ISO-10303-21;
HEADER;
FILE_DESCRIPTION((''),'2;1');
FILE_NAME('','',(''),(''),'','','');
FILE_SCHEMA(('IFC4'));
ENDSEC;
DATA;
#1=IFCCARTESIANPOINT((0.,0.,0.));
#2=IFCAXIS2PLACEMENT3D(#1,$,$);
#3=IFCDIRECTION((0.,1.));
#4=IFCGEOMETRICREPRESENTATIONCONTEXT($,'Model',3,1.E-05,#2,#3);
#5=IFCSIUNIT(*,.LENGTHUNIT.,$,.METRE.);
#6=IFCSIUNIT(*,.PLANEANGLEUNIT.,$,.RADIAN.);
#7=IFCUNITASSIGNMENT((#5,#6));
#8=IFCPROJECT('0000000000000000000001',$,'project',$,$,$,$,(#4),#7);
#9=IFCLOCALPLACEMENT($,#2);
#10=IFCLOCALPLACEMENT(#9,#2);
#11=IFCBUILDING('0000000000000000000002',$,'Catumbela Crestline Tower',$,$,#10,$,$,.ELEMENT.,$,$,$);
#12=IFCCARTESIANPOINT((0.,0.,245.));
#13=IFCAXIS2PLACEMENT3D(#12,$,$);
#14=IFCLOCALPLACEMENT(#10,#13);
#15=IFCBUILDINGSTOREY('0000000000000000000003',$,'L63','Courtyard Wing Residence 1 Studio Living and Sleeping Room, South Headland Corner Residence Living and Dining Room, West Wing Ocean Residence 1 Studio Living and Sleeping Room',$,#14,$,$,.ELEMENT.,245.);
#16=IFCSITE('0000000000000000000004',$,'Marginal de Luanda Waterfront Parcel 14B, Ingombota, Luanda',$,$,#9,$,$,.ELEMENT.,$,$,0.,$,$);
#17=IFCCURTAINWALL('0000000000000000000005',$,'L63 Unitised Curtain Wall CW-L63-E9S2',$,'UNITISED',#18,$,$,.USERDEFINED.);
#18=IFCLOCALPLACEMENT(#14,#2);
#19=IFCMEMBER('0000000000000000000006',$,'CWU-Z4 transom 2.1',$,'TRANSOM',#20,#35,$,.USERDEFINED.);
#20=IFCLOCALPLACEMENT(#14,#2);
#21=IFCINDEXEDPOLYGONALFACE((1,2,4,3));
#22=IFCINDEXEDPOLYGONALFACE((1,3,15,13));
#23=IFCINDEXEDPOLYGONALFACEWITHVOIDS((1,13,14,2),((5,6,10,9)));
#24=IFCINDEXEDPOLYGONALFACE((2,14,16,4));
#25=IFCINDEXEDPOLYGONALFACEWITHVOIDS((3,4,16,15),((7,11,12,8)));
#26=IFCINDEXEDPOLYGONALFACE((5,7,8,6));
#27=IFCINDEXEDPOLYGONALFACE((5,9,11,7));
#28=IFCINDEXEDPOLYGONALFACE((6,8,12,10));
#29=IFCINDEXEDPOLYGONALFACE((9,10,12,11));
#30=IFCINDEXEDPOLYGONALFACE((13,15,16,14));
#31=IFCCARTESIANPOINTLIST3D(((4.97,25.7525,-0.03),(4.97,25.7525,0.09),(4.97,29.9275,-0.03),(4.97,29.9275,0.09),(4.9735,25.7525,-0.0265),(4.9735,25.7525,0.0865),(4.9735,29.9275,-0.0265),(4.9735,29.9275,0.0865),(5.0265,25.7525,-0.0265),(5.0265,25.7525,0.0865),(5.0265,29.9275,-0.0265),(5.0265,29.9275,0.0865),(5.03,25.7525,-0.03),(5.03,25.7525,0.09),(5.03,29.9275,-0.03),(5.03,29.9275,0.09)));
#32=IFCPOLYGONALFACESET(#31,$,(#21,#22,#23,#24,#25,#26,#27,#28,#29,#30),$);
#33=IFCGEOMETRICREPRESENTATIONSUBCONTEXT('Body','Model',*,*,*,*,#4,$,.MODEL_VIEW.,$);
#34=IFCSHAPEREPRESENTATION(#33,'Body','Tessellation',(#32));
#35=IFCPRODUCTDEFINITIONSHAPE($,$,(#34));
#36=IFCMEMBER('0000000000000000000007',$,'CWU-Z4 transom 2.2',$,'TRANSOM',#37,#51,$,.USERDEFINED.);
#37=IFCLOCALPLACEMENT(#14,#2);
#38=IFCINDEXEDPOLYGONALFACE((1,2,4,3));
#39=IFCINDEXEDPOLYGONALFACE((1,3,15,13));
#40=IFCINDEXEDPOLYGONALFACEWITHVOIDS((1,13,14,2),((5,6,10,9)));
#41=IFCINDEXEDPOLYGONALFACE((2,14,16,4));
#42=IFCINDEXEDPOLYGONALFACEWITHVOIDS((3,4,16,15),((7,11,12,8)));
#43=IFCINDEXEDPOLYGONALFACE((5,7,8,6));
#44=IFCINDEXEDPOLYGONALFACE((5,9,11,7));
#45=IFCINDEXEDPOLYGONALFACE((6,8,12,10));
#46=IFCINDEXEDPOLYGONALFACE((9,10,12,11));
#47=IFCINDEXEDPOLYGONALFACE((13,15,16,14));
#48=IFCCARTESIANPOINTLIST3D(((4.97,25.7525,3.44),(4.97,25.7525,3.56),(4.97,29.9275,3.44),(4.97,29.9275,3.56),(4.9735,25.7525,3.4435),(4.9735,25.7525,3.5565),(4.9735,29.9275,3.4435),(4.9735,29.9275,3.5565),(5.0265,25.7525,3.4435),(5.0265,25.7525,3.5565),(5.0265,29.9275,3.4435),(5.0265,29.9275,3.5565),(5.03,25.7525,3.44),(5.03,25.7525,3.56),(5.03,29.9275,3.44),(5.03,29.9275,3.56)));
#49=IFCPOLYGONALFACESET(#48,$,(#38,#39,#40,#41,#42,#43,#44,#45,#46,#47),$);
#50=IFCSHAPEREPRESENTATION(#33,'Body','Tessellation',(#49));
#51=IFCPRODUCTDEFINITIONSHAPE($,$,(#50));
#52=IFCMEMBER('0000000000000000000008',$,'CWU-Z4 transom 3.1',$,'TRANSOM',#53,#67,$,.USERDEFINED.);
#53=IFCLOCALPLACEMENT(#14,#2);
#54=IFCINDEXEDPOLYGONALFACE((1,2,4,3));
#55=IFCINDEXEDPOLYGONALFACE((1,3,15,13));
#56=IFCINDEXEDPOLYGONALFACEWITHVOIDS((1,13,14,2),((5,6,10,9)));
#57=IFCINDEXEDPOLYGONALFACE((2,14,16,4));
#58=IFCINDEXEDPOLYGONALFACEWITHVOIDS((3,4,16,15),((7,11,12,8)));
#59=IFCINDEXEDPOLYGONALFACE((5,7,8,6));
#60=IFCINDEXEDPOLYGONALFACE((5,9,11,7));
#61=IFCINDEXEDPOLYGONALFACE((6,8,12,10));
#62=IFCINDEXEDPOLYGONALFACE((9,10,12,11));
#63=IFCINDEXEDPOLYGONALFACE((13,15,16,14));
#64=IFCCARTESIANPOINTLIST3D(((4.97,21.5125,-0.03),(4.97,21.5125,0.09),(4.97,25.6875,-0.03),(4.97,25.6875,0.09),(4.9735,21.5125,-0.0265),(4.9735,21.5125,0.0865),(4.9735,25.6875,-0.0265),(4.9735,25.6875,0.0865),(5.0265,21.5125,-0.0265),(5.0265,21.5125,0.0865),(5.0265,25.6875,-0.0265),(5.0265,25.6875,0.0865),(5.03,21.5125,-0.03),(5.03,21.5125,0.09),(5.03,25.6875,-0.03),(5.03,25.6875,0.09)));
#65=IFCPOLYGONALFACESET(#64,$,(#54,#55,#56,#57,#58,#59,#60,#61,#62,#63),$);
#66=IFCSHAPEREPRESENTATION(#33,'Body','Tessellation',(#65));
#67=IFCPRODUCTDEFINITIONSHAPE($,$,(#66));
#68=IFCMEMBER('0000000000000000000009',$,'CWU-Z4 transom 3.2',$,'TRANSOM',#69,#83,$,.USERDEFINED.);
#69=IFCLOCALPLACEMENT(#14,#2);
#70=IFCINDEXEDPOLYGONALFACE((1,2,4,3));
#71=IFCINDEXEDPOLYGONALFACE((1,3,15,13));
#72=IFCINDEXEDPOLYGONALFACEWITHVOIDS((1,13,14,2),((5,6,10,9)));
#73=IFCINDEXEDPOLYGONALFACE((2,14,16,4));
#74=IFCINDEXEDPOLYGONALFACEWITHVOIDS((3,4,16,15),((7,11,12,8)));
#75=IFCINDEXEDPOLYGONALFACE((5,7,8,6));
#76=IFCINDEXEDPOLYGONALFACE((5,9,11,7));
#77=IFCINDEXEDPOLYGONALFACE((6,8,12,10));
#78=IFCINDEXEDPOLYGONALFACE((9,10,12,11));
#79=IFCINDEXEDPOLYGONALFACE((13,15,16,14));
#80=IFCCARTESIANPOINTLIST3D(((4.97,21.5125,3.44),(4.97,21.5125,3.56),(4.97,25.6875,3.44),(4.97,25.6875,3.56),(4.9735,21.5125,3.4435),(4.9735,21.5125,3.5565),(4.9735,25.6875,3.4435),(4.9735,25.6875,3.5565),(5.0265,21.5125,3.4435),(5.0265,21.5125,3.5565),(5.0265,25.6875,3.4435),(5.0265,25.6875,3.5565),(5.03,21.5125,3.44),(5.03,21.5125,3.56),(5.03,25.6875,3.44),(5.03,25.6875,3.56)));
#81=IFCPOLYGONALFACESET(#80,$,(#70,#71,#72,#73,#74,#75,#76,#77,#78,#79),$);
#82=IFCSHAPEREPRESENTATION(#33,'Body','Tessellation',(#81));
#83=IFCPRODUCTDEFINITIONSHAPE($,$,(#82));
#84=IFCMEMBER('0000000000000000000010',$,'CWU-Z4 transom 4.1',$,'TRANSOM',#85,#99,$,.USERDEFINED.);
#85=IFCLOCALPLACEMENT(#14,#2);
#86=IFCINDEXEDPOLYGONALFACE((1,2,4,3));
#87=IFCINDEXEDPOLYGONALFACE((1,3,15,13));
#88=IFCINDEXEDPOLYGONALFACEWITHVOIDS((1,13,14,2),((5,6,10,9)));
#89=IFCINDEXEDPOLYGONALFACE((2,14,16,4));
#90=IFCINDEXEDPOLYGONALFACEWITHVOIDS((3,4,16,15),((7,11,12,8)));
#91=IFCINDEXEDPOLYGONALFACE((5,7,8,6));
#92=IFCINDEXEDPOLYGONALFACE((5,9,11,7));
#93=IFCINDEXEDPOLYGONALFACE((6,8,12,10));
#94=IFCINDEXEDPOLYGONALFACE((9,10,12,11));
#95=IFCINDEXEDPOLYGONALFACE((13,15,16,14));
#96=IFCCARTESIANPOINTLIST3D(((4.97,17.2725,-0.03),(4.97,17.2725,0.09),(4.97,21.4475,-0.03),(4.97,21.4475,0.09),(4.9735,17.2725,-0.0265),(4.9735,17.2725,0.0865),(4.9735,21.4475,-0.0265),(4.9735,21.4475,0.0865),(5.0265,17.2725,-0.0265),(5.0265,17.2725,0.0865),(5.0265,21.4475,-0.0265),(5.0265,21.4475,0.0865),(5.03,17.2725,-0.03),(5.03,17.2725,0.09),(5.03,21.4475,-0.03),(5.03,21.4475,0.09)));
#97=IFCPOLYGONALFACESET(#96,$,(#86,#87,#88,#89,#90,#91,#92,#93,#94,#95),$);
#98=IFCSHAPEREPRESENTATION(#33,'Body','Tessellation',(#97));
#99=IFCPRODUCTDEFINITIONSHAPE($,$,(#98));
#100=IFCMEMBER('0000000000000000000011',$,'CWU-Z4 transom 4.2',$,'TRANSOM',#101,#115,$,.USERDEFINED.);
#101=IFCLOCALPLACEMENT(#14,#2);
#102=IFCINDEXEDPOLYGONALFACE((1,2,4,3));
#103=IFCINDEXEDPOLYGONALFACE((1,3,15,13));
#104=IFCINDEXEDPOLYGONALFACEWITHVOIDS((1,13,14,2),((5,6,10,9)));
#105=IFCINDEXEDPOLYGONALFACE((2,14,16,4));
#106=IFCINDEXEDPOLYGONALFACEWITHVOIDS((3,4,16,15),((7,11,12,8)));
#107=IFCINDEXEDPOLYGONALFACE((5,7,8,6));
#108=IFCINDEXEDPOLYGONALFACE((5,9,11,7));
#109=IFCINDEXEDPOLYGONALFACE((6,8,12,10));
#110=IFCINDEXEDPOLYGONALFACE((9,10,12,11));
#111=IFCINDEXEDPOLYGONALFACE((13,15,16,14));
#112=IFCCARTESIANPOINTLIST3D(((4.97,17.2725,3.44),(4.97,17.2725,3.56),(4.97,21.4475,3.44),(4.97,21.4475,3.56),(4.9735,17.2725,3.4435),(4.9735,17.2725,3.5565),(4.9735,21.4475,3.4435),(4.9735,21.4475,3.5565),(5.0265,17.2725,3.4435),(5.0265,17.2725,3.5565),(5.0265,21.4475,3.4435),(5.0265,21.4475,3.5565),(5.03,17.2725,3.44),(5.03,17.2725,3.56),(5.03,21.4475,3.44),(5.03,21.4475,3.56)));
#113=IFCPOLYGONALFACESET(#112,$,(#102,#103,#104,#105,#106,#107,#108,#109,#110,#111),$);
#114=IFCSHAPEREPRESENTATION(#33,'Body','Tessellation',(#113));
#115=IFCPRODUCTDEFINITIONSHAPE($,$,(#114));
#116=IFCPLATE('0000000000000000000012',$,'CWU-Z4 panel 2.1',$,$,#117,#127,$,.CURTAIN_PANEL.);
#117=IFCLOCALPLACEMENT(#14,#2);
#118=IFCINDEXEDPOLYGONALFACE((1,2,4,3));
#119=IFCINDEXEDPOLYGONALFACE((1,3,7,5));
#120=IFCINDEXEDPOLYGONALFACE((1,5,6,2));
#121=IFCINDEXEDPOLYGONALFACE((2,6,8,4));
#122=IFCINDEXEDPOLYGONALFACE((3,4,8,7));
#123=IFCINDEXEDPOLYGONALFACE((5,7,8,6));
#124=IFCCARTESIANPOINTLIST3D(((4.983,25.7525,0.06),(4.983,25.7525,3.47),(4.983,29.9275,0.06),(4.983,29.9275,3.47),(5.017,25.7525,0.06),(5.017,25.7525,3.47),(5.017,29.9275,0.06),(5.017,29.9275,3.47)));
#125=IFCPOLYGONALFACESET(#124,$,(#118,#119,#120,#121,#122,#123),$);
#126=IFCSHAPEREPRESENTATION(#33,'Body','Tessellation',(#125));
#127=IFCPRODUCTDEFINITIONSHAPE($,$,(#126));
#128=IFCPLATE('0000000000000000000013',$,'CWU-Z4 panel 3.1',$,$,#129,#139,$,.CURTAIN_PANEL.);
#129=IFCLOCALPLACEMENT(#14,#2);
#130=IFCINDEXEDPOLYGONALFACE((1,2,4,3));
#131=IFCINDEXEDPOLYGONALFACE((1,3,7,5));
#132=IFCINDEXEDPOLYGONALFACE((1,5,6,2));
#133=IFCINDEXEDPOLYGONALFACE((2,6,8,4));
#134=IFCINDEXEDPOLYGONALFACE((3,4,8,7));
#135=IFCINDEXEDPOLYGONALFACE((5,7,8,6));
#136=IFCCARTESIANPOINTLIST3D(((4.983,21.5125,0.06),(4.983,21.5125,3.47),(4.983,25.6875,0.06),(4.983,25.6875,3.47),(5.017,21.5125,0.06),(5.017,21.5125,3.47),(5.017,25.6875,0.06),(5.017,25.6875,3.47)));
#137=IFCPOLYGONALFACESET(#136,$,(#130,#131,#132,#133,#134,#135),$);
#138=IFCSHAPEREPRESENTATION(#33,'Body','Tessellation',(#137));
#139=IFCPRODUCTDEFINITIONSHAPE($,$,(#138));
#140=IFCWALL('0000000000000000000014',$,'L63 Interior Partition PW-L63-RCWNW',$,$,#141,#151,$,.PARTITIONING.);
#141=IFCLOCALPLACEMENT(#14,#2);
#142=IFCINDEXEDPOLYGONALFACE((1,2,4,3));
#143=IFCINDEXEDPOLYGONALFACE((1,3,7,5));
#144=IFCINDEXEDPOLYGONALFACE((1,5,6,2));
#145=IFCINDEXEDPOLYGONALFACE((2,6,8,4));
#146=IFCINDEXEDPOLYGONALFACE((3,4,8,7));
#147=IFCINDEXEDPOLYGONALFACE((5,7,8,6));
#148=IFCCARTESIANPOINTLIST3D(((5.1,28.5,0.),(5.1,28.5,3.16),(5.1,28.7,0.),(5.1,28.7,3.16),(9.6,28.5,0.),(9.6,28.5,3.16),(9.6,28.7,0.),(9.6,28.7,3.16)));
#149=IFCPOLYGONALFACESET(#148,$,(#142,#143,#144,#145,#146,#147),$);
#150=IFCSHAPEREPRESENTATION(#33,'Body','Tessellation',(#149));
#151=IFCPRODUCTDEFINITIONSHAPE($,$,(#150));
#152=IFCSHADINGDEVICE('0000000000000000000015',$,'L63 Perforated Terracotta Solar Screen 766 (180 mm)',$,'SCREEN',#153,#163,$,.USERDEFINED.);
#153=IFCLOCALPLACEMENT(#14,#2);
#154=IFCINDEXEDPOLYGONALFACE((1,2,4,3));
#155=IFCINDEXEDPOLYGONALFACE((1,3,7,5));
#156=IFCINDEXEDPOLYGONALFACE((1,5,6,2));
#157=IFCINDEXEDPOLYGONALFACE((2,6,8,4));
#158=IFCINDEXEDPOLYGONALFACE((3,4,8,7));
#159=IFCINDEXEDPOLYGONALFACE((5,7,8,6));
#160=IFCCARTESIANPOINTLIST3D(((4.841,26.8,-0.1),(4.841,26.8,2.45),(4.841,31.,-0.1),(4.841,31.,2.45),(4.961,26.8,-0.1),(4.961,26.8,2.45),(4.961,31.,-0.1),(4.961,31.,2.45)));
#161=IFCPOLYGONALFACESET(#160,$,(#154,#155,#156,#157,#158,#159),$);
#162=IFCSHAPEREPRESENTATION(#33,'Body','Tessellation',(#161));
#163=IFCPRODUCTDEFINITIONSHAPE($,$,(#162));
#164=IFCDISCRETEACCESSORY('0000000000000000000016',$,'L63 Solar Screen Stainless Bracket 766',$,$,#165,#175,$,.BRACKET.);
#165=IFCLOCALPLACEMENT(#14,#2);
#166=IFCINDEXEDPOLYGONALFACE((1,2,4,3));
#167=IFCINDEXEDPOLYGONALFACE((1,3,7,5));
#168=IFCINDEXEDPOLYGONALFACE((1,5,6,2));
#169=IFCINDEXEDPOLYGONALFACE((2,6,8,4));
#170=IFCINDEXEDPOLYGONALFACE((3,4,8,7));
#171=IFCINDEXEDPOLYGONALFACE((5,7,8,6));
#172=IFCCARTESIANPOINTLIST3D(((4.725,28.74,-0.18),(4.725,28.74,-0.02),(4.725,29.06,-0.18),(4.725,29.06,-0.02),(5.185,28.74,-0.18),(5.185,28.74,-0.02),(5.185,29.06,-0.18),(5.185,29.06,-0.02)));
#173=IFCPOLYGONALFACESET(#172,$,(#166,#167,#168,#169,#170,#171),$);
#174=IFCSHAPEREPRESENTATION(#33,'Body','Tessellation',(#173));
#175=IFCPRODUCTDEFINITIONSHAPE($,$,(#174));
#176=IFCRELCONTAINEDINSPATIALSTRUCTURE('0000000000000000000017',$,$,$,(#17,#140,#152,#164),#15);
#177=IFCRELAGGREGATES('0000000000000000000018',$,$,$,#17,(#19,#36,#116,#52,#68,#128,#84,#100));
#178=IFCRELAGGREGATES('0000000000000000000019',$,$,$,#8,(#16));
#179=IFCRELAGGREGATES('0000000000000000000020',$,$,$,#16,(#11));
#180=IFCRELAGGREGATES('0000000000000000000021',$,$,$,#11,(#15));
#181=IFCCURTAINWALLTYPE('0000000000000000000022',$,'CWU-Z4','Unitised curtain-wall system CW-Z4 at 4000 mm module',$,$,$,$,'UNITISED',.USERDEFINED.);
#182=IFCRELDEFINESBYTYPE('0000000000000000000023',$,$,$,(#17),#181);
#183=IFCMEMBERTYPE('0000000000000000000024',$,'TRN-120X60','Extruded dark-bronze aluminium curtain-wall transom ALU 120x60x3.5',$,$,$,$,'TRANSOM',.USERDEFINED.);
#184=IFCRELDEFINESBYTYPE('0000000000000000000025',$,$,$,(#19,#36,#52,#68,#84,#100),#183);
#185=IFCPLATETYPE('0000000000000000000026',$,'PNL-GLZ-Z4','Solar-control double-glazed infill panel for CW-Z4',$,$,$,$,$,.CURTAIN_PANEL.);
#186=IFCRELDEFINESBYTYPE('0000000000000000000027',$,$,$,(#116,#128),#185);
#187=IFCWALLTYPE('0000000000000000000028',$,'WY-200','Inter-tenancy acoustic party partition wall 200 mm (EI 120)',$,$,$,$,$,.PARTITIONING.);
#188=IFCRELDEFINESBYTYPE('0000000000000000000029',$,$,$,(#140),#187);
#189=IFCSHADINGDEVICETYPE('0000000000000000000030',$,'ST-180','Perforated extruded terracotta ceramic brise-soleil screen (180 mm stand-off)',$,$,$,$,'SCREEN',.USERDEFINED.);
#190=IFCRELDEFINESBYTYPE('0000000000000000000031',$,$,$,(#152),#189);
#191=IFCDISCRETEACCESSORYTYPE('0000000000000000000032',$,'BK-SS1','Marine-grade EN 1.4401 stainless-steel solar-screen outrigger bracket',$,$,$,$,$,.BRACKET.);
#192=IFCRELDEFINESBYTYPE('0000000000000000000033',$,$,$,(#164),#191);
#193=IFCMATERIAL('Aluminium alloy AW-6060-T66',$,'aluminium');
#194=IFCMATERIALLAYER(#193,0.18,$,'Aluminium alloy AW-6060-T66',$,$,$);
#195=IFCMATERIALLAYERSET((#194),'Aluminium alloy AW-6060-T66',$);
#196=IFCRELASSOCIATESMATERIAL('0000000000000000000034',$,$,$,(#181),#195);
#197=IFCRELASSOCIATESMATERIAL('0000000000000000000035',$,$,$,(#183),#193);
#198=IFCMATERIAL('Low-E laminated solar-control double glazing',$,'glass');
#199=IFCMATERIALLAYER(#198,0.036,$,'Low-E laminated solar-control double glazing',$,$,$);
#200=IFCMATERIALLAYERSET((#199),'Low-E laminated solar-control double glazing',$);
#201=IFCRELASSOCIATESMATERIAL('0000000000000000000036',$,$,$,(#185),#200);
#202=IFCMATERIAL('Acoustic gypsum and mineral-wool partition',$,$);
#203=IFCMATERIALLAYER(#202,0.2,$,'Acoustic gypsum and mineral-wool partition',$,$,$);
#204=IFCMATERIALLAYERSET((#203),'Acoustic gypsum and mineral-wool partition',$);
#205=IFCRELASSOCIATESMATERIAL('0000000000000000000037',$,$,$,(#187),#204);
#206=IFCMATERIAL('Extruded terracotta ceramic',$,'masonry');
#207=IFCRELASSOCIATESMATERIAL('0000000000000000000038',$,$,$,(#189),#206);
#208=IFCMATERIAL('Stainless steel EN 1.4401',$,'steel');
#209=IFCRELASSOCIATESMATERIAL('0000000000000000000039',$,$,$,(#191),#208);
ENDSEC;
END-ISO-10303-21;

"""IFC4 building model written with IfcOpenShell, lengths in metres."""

from ifc_helpers import new_model, si_unit, direction, frame, frame_2d, origin, origin_2d, place, context, subcontext, project, spatial, rectangle, hollow_rectangle, extrude, material, layer, layer_set, material_profile, profile_set, type_object, element, aggregate, save


model = new_model("IFC4")

# Units and contexts
model_context = context("Model", 3, precision=1e-05, world=origin(), true_north=direction((0.0, 1.0)))
body_context = subcontext(model_context, "Body", "Model", "MODEL_VIEW")
ifc_project = project(units=[si_unit("LENGTHUNIT", "METRE"), si_unit("PLANEANGLEUNIT", "RADIAN")], contexts=[model_context])

# Site, building, storey
site_placement = place(None, origin())
site = spatial("IfcSite", under=ifc_project, at=site_placement, Name="Marginal de Luanda Waterfront Parcel 14B, Ingombota, Luanda", CompositionType="ELEMENT", RefElevation=0.0)
building_placement = place(site_placement, origin())
building = spatial("IfcBuilding", under=site, at=building_placement, Name="Catumbela Crestline Tower", CompositionType="ELEMENT")
storey_placement = place(building_placement, frame((0.0, 0.0, 245.0)))
storey = spatial("IfcBuildingStorey", under=building, at=storey_placement, Name="L63", Description="Courtyard Wing Residence 1 Studio Living and Sleeping Room, South Headland Corner Residence Living and Dining Room, West Wing Ocean Residence 1 Studio Living and Sleeping Room", CompositionType="ELEMENT", Elevation=245.0)

# Curtain wall
ifc_material_1 = material(Name="Aluminium alloy AW-6060-T66", Category="aluminium")
ifc_layer_1 = layer(ifc_material_1, 0.18, Name="Aluminium alloy AW-6060-T66")
ifc_layer_set_1 = layer_set([ifc_layer_1], Name="Aluminium alloy AW-6060-T66")
curtain_wall_type = type_object("IfcCurtainWallType", Name="CWU-Z4", Description="Unitised curtain-wall system CW-Z4 at 4000 mm module", ElementType="UNITISED", PredefinedType="USERDEFINED", material=ifc_layer_set_1)
curtain_wall_placement = place(storey_placement, origin())
curtain_wall = element("IfcCurtainWall", 1, at=curtain_wall_placement, inside=storey, type_object=curtain_wall_type, Name="L63 Unitised Curtain Wall CW-L63-E9S2", ObjectType="UNITISED", PredefinedType="USERDEFINED")

# Members
ifc_material_profile_1 = material_profile(ifc_material_1, hollow_rectangle(XDim=0.06, YDim=0.12, WallThickness=0.0035, at=origin_2d()), Name="ALU 120x60x3.5")
ifc_profile_set_1 = profile_set([ifc_material_profile_1], Name="Aluminium alloy AW-6060-T66")
member_type_1 = type_object("IfcMemberType", Name="TRN-120X60", Description="Extruded dark-bronze aluminium curtain-wall transom ALU 120x60x3.5", ElementType="TRANSOM", PredefinedType="USERDEFINED", material=ifc_profile_set_1)
member_1_placement = place(storey_placement, frame((5.0, 29.9275, 0.03), z_axis=(0.0, -1.0, 0.0), x_axis=(1.0, 0.0, 0.0)))
member_1 = element("IfcMember", 2, at=member_1_placement, type_object=member_type_1, Name="CWU-Z4 transom 2.1", ObjectType="TRANSOM", PredefinedType="USERDEFINED", context=body_context, shape_type="SweptSolid", body=[
    extrude(hollow_rectangle(XDim=0.06, YDim=0.12, WallThickness=0.0035, at=origin_2d()), origin(), (0.0, 0.0, 1.0), 4.175),
])
member_2_placement = place(storey_placement, frame((5.0, 29.9275, 3.5), z_axis=(0.0, -1.0, 0.0), x_axis=(1.0, 0.0, 0.0)))
member_2 = element("IfcMember", 3, at=member_2_placement, type_object=member_type_1, Name="CWU-Z4 transom 2.2", ObjectType="TRANSOM", PredefinedType="USERDEFINED", context=body_context, shape_type="SweptSolid", body=[
    extrude(hollow_rectangle(XDim=0.06, YDim=0.12, WallThickness=0.0035, at=origin_2d()), origin(), (0.0, 0.0, 1.0), 4.175),
])
member_3_placement = place(storey_placement, frame((5.0, 25.6875, 0.03), z_axis=(0.0, -1.0, 0.0), x_axis=(1.0, 0.0, 0.0)))
member_3 = element("IfcMember", 4, at=member_3_placement, type_object=member_type_1, Name="CWU-Z4 transom 3.1", ObjectType="TRANSOM", PredefinedType="USERDEFINED", context=body_context, shape_type="SweptSolid", body=[
    extrude(hollow_rectangle(XDim=0.06, YDim=0.12, WallThickness=0.0035, at=origin_2d()), origin(), (0.0, 0.0, 1.0), 4.175),
])
member_4_placement = place(storey_placement, frame((5.0, 25.6875, 3.5), z_axis=(0.0, -1.0, 0.0), x_axis=(1.0, 0.0, 0.0)))
member_4 = element("IfcMember", 5, at=member_4_placement, type_object=member_type_1, Name="CWU-Z4 transom 3.2", ObjectType="TRANSOM", PredefinedType="USERDEFINED", context=body_context, shape_type="SweptSolid", body=[
    extrude(hollow_rectangle(XDim=0.06, YDim=0.12, WallThickness=0.0035, at=origin_2d()), origin(), (0.0, 0.0, 1.0), 4.175),
])
member_5_placement = place(storey_placement, frame((5.0, 21.4475, 0.03), z_axis=(0.0, -1.0, 0.0), x_axis=(1.0, 0.0, 0.0)))
member_5 = element("IfcMember", 6, at=member_5_placement, type_object=member_type_1, Name="CWU-Z4 transom 4.1", ObjectType="TRANSOM", PredefinedType="USERDEFINED", context=body_context, shape_type="SweptSolid", body=[
    extrude(hollow_rectangle(XDim=0.06, YDim=0.12, WallThickness=0.0035, at=origin_2d()), origin(), (0.0, 0.0, 1.0), 4.175),
])
member_6_placement = place(storey_placement, frame((5.0, 21.4475, 3.5), z_axis=(0.0, -1.0, 0.0), x_axis=(1.0, 0.0, 0.0)))
member_6 = element("IfcMember", 7, at=member_6_placement, type_object=member_type_1, Name="CWU-Z4 transom 4.2", ObjectType="TRANSOM", PredefinedType="USERDEFINED", context=body_context, shape_type="SweptSolid", body=[
    extrude(hollow_rectangle(XDim=0.06, YDim=0.12, WallThickness=0.0035, at=origin_2d()), origin(), (0.0, 0.0, 1.0), 4.175),
])

# Plates
ifc_material_2 = material(Name="Low-E laminated solar-control double glazing", Category="glass")
ifc_layer_2 = layer(ifc_material_2, 0.036, Name="Low-E laminated solar-control double glazing")
ifc_layer_set_2 = layer_set([ifc_layer_2], Name="Low-E laminated solar-control double glazing")
plate_type = type_object("IfcPlateType", Name="PNL-GLZ-Z4", Description="Solar-control double-glazed infill panel for CW-Z4", PredefinedType="CURTAIN_PANEL", material=ifc_layer_set_2)
plate_1_placement = place(storey_placement, frame((5.0, 27.84, 0.06), z_axis=(0.0, 0.0, 1.0), x_axis=(0.0, -1.0, 0.0)))
plate_1 = element("IfcPlate", 8, at=plate_1_placement, type_object=plate_type, Name="CWU-Z4 panel 2.1", PredefinedType="CURTAIN_PANEL", context=body_context, shape_type="SweptSolid", body=[
    extrude(rectangle(XDim=4.175, YDim=0.034, at=origin_2d()), origin(), (0.0, 0.0, 1.0), 3.41),
])
plate_2_placement = place(storey_placement, frame((5.0, 23.6, 0.06), z_axis=(0.0, 0.0, 1.0), x_axis=(0.0, -1.0, 0.0)))
plate_2 = element("IfcPlate", 9, at=plate_2_placement, type_object=plate_type, Name="CWU-Z4 panel 3.1", PredefinedType="CURTAIN_PANEL", context=body_context, shape_type="SweptSolid", body=[
    extrude(rectangle(XDim=4.175, YDim=0.034, at=origin_2d()), origin(), (0.0, 0.0, 1.0), 3.41),
])
aggregate(curtain_wall, [member_1, member_2, plate_1, member_3, member_4, plate_2, member_5, member_6])

# Wall
ifc_material_3 = material(Name="Acoustic gypsum and mineral-wool partition")
ifc_layer_3 = layer(ifc_material_3, 0.2, Name="Acoustic gypsum and mineral-wool partition")
ifc_layer_set_3 = layer_set([ifc_layer_3], Name="Acoustic gypsum and mineral-wool partition")
wall_type = type_object("IfcWallType", Name="WY-200", Description="Inter-tenancy acoustic party partition wall 200 mm (EI 120)", PredefinedType="PARTITIONING", material=ifc_layer_set_3)
wall_placement = place(storey_placement, frame((5.1, 28.6, 0.0), z_axis=(0.0, 0.0, 1.0), x_axis=(1.0, 0.0, 0.0)))
element("IfcWall", 10, at=wall_placement, inside=storey, type_object=wall_type, Name="L63 Interior Partition PW-L63-RCWNW", PredefinedType="PARTITIONING", context=body_context, shape_type="SweptSolid", body=[
    extrude(rectangle(XDim=4.5, YDim=0.2, at=frame_2d((2.25, 0.0))), origin(), (0.0, 0.0, 1.0), 3.16),
])

# Shading device
ifc_material_4 = material(Name="Extruded terracotta ceramic", Category="masonry")
shading_device_type = type_object("IfcShadingDeviceType", Name="ST-180", Description="Perforated extruded terracotta ceramic brise-soleil screen (180 mm stand-off)", ElementType="SCREEN", PredefinedType="USERDEFINED", material=ifc_material_4)
shading_device_placement = place(storey_placement, frame((4.901, 28.9, -0.1), z_axis=(0.0, 0.0, 1.0), x_axis=(0.0, -1.0, 0.0)))
element("IfcShadingDevice", 11, at=shading_device_placement, inside=storey, type_object=shading_device_type, Name="L63 Perforated Terracotta Solar Screen 766 (180 mm)", ObjectType="SCREEN", PredefinedType="USERDEFINED", context=body_context, shape_type="SweptSolid", body=[
    extrude(rectangle(XDim=4.2, YDim=0.12, at=origin_2d()), origin(), (0.0, 0.0, 1.0), 2.55),
])

# Discrete accessory
ifc_material_5 = material(Name="Stainless steel EN 1.4401", Category="steel")
discrete_accessory_type = type_object("IfcDiscreteAccessoryType", Name="BK-SS1", Description="Marine-grade EN 1.4401 stainless-steel solar-screen outrigger bracket", PredefinedType="BRACKET", material=ifc_material_5)
discrete_accessory_placement = place(storey_placement, frame((4.955, 28.9, -0.18), z_axis=(0.0, 0.0, 1.0), x_axis=(0.0, -1.0, 0.0)))
element("IfcDiscreteAccessory", 12, at=discrete_accessory_placement, inside=storey, type_object=discrete_accessory_type, Name="L63 Solar Screen Stainless Bracket 766", PredefinedType="BRACKET", context=body_context, shape_type="SweptSolid", body=[
    extrude(rectangle(XDim=0.32, YDim=0.46, at=origin_2d()), origin(), (0.0, 0.0, 1.0), 0.16),
])

save(model, "model.ifc")
